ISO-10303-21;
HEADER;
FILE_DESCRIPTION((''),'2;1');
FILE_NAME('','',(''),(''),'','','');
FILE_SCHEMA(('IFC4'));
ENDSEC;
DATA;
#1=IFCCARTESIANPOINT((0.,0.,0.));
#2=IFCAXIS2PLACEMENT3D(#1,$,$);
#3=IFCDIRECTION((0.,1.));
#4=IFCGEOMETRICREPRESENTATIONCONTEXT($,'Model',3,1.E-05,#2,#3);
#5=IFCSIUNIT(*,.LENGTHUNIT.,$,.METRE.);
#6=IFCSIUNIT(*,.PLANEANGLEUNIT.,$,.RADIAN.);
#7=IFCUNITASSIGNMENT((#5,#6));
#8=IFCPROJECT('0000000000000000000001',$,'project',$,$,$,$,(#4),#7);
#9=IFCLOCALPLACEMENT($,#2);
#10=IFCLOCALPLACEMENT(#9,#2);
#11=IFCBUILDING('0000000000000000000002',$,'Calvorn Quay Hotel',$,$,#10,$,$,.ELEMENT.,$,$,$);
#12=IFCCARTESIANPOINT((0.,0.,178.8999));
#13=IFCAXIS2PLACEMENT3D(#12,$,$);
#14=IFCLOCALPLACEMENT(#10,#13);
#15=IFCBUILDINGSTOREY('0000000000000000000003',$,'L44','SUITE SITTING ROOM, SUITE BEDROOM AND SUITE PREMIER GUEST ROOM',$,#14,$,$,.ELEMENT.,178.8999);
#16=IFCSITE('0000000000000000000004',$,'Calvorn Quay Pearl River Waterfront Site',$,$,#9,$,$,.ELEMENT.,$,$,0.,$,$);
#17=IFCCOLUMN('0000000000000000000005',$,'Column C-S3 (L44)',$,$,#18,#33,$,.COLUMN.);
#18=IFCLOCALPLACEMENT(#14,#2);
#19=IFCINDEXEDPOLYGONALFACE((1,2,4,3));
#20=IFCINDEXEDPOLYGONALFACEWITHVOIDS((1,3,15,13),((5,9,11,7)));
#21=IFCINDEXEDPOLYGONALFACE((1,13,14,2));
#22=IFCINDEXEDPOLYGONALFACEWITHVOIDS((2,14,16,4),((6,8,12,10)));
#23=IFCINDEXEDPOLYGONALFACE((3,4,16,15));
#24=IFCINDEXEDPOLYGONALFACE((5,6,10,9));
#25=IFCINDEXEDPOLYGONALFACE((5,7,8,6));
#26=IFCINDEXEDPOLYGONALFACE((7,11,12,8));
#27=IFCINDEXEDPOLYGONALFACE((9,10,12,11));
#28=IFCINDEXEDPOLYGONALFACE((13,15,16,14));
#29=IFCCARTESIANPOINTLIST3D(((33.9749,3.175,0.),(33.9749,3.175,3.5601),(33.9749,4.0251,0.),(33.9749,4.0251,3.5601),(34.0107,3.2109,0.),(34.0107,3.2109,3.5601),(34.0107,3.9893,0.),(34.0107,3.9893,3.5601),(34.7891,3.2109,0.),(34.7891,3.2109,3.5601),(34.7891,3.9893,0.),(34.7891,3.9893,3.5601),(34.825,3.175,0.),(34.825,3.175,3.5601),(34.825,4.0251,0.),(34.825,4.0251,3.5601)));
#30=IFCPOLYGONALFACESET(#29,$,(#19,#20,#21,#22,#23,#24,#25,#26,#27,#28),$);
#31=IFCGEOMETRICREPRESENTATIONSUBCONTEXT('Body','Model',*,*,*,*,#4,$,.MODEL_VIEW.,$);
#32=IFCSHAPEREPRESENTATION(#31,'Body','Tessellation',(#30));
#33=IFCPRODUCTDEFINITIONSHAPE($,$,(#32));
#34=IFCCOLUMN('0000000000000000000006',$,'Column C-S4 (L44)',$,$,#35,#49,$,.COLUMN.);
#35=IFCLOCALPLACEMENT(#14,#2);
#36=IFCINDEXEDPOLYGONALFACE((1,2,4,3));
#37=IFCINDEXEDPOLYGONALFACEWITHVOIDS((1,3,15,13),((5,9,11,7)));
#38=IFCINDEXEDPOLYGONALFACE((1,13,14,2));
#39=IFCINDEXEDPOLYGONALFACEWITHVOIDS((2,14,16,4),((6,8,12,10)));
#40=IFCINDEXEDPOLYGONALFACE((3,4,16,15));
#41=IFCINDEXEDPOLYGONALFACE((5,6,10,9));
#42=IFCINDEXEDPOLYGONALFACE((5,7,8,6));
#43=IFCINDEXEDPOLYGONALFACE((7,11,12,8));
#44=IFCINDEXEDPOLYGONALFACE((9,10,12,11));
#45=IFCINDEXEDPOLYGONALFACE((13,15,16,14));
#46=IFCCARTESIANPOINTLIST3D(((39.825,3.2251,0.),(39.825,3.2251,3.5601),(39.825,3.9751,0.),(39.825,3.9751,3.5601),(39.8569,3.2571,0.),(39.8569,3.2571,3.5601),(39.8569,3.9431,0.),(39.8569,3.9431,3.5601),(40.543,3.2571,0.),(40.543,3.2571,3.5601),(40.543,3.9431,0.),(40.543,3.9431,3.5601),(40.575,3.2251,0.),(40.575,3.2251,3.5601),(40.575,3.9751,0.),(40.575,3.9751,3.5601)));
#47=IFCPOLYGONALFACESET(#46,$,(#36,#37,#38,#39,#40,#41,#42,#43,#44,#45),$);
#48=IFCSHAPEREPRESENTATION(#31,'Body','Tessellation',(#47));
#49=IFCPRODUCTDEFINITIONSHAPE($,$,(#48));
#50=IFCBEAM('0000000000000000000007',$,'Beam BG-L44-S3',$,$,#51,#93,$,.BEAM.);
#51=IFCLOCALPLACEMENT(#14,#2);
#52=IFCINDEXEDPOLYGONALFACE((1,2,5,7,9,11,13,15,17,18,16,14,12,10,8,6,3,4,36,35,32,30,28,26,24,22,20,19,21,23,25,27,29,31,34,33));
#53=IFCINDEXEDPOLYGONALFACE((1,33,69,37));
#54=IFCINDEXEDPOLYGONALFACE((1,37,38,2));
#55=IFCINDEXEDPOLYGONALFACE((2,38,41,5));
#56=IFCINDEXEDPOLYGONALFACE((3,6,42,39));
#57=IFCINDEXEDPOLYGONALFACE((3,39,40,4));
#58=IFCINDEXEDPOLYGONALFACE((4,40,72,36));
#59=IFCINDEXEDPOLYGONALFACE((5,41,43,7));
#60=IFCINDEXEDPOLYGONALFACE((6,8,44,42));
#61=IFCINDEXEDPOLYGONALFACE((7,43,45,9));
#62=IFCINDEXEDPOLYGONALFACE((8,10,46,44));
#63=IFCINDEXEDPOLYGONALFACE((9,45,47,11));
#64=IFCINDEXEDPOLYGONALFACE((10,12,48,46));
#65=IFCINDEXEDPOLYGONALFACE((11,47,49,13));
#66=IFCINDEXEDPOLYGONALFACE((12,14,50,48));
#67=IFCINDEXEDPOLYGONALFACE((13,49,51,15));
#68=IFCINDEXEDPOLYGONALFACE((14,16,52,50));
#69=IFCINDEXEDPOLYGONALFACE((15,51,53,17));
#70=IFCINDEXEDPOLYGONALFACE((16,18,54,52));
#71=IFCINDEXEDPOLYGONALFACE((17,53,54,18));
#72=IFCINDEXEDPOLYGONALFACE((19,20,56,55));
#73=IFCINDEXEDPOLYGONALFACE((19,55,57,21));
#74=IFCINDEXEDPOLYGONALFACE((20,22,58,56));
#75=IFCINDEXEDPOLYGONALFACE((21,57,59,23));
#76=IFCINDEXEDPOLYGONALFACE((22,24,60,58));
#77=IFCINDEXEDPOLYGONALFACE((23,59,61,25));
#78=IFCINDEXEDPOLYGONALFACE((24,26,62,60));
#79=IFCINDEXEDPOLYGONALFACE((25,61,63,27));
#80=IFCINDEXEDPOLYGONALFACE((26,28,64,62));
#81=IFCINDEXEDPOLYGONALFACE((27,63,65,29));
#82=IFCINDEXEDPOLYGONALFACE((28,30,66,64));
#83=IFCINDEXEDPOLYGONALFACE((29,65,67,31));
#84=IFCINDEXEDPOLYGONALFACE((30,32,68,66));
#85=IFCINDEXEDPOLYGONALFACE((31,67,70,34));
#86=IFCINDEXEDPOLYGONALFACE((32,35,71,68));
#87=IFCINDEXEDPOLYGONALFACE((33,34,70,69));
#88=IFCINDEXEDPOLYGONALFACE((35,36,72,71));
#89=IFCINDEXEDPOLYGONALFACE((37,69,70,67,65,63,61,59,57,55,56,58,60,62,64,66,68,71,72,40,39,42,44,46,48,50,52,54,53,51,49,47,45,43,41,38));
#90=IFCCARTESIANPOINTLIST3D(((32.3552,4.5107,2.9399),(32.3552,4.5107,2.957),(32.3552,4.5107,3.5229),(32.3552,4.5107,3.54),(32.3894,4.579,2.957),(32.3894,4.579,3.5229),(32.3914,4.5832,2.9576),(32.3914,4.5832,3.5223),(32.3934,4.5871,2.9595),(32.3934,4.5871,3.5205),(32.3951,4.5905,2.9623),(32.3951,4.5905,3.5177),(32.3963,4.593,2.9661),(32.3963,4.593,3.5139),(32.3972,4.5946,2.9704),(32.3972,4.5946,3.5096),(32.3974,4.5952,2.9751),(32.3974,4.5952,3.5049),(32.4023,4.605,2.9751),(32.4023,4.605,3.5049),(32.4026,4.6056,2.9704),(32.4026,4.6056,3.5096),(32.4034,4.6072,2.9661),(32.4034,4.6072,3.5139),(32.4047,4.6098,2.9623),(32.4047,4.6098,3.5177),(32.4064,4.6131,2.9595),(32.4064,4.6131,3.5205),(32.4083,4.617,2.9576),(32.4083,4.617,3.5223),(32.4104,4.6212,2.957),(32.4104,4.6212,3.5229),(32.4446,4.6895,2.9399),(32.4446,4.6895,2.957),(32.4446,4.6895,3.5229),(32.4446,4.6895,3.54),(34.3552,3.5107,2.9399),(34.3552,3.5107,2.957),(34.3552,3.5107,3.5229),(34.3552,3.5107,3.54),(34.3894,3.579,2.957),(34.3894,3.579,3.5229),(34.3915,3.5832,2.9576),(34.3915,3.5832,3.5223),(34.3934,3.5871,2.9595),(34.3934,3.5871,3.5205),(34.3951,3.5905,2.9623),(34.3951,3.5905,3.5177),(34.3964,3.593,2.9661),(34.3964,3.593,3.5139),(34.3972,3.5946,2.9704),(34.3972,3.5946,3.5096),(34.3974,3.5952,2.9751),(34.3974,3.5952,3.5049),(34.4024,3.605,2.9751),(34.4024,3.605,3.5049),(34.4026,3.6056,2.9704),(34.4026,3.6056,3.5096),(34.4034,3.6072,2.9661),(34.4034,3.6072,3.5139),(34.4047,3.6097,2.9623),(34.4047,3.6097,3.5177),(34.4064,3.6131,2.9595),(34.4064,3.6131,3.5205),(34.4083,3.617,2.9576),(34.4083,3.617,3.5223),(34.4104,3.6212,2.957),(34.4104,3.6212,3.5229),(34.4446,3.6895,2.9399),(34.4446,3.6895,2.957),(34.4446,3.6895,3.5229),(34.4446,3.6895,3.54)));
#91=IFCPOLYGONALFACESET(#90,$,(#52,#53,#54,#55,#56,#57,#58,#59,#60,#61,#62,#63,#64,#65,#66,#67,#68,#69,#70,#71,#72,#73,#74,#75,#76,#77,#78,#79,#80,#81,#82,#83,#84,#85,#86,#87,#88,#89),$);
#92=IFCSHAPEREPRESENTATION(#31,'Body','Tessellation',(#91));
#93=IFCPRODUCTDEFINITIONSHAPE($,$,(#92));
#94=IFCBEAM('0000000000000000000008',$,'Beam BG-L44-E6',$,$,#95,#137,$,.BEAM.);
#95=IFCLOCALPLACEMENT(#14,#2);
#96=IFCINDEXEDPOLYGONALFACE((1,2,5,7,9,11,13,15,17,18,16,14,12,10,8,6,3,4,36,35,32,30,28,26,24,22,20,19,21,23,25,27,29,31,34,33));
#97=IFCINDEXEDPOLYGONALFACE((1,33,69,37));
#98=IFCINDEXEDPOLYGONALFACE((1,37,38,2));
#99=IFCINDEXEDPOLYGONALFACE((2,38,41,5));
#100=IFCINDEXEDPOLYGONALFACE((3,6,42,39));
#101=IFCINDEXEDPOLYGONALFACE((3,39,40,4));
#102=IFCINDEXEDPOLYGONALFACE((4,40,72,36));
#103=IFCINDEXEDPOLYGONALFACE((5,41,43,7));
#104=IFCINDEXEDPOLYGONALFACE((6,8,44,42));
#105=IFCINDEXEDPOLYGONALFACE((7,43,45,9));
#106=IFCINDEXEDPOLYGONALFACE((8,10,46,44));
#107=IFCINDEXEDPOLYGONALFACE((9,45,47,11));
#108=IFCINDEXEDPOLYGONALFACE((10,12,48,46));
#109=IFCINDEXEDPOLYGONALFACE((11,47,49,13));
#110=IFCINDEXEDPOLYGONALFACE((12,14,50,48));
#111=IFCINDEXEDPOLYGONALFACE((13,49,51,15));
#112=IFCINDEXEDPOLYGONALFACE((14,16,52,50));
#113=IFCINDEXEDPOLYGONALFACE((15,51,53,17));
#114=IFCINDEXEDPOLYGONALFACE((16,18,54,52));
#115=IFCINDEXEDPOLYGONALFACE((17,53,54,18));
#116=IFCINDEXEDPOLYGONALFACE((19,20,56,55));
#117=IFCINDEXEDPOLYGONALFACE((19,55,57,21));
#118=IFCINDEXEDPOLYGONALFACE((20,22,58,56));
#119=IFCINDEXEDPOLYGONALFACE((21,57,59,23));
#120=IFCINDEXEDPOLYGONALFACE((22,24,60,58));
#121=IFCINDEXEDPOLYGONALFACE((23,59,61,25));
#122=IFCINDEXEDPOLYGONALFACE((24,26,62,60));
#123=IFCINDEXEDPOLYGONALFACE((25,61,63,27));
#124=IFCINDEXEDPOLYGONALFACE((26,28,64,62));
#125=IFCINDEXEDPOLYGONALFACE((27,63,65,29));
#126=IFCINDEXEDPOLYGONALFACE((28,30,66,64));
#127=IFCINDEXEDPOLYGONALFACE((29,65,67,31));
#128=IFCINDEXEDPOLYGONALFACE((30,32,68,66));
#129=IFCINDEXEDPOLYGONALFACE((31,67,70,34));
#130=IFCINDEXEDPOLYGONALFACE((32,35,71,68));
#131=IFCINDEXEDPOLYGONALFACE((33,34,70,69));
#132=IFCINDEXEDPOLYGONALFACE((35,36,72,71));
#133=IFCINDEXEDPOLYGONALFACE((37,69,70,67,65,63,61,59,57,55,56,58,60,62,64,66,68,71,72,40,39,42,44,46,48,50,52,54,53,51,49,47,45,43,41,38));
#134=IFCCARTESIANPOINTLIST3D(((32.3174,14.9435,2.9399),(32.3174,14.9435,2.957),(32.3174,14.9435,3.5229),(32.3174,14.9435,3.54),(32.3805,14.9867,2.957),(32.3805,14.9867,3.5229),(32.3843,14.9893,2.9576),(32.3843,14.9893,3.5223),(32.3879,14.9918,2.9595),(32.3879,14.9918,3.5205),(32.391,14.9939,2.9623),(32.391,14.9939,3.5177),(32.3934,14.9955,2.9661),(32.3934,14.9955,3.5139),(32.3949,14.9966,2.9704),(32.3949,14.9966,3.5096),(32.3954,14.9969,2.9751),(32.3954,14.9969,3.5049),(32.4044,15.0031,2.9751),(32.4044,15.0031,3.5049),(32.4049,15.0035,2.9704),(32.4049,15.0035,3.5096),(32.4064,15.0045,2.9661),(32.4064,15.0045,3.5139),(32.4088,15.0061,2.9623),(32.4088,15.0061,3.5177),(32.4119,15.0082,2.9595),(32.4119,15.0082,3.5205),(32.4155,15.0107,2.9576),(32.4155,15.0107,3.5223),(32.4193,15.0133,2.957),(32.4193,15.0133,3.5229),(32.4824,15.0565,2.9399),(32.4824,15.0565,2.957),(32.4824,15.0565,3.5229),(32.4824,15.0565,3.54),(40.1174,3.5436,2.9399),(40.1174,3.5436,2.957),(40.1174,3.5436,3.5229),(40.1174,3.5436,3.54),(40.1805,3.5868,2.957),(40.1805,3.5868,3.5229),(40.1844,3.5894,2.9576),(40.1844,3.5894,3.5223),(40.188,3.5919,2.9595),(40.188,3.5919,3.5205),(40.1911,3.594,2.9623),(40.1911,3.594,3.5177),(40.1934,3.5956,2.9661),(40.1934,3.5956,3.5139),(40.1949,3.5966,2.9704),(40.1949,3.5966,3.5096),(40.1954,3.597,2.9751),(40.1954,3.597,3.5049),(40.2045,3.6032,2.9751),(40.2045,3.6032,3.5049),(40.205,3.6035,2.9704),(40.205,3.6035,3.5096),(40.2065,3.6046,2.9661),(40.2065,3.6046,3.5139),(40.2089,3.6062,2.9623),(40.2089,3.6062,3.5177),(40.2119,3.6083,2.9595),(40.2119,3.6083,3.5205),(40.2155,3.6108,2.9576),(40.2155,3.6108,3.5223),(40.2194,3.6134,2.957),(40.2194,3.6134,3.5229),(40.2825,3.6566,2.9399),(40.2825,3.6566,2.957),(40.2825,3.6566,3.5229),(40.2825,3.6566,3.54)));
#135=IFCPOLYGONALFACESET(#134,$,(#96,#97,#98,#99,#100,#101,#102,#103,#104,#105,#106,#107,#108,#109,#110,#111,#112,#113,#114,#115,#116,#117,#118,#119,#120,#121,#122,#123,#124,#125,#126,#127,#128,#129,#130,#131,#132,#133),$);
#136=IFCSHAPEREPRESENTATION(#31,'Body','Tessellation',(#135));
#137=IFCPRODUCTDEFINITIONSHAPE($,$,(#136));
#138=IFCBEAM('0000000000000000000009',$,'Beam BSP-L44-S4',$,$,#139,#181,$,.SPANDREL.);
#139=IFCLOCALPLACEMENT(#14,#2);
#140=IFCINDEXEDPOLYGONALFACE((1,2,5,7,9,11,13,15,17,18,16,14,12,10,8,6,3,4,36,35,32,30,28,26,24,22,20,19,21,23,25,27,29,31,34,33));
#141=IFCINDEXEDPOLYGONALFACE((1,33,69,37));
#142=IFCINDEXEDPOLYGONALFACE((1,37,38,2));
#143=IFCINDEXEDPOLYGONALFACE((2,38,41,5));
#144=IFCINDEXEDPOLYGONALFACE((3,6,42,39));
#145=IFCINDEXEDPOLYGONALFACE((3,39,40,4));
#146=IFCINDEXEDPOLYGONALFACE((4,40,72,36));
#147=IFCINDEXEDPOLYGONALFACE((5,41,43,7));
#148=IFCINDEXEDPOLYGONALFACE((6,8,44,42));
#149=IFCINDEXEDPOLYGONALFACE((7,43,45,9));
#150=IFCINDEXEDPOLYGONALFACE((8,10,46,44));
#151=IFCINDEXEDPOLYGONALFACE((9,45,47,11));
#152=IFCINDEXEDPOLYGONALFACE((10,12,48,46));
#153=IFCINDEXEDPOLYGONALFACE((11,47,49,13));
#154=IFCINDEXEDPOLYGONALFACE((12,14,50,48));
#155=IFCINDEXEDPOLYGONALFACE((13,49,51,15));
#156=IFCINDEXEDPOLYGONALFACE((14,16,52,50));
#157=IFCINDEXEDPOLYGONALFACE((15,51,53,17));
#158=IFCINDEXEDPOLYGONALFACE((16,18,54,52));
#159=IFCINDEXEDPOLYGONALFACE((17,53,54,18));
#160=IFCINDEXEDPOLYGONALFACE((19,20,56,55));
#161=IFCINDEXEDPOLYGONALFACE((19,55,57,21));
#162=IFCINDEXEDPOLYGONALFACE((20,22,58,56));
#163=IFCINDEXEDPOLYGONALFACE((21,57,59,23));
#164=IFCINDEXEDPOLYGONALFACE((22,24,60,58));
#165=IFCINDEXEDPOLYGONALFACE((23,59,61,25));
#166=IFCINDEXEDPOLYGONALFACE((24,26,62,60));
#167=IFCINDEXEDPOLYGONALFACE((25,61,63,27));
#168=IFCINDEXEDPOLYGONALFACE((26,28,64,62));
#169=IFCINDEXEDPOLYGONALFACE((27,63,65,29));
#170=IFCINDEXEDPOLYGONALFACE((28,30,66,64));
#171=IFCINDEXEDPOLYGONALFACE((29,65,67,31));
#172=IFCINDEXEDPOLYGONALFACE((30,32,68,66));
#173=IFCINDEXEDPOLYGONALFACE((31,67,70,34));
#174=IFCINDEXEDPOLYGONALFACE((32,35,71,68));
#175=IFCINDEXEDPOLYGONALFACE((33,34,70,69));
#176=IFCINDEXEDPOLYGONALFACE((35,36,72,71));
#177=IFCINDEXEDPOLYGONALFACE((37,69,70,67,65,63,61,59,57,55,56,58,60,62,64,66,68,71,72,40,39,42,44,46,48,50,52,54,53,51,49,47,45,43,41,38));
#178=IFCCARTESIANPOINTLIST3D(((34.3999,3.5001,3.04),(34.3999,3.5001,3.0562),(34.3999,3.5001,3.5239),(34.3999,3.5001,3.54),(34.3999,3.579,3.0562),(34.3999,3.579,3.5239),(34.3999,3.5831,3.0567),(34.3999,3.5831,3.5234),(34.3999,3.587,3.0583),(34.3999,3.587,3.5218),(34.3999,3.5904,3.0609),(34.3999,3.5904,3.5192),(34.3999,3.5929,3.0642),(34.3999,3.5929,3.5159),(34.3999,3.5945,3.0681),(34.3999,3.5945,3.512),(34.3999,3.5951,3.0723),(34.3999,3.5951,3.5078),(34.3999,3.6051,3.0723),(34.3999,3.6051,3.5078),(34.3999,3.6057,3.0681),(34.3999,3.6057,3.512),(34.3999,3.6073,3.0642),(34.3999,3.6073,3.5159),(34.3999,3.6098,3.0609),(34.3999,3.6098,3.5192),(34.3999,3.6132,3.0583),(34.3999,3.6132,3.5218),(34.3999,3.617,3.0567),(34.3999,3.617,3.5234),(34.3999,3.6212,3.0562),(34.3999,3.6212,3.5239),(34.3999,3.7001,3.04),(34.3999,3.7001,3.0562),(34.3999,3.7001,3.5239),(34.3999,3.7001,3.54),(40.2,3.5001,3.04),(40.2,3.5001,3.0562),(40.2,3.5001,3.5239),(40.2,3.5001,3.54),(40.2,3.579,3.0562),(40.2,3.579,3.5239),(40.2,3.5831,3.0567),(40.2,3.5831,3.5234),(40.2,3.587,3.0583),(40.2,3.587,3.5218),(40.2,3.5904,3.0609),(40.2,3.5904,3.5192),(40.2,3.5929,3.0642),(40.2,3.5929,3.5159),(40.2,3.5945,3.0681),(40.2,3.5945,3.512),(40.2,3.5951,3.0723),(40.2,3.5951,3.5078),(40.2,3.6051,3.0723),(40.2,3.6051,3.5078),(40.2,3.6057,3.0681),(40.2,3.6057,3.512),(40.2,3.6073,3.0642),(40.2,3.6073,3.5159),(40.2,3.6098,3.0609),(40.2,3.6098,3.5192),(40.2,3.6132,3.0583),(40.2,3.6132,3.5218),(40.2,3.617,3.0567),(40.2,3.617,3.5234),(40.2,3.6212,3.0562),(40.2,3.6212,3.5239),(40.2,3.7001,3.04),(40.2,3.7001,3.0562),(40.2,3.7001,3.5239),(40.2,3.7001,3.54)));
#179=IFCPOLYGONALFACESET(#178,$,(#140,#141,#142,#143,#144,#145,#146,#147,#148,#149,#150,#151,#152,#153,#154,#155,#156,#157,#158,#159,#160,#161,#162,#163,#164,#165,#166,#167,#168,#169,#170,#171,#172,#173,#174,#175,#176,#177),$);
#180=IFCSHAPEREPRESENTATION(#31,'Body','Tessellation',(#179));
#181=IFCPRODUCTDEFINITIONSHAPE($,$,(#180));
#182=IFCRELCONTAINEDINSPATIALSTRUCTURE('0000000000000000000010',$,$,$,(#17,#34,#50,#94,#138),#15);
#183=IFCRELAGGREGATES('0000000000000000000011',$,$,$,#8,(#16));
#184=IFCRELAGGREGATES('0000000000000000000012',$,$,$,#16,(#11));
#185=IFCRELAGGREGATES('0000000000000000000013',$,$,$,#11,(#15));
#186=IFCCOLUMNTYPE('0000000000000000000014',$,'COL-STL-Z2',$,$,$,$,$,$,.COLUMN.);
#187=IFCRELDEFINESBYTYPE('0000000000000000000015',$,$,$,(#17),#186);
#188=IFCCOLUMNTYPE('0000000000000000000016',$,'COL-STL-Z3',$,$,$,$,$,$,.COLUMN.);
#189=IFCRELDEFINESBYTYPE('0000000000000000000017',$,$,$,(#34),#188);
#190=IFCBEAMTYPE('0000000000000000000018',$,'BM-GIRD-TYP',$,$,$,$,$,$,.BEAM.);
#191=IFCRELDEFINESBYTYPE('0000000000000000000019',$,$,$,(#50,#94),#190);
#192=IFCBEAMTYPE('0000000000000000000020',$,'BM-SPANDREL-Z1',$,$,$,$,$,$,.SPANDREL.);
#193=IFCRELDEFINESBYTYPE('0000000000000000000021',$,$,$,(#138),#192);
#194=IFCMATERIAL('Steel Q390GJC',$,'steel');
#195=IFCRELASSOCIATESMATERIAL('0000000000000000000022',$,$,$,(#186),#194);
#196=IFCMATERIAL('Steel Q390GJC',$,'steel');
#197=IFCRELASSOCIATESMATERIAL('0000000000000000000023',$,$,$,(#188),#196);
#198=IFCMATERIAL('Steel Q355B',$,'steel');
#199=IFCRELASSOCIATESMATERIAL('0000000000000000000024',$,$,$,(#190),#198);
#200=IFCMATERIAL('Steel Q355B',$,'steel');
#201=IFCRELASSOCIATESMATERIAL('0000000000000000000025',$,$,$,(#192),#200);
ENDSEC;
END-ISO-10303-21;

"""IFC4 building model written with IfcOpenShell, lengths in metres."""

from ifc_helpers import new_model, si_unit, direction, frame, origin, origin_2d, place, context, subcontext, project, spatial, hollow_rectangle, i_section, extrude, material, material_profile, profile_set, type_object, element, save


model = new_model("IFC4")

# Units and contexts
model_context = context("Model", 3, precision=1e-05, world=origin(), true_north=direction((0.0, 1.0)))
body_context = subcontext(model_context, "Body", "Model", "MODEL_VIEW")
ifc_project = project(units=[si_unit("LENGTHUNIT", "METRE"), si_unit("PLANEANGLEUNIT", "RADIAN")], contexts=[model_context])

# Site, building, storey
site_placement = place(None, origin())
site = spatial("IfcSite", under=ifc_project, at=site_placement, Name="Calvorn Quay Pearl River Waterfront Site", CompositionType="ELEMENT", RefElevation=0.0)
building_placement = place(site_placement, origin())
building = spatial("IfcBuilding", under=site, at=building_placement, Name="Calvorn Quay Hotel", CompositionType="ELEMENT")
storey_placement = place(building_placement, frame((0.0, 0.0, 178.8999)))
storey = spatial("IfcBuildingStorey", under=building, at=storey_placement, Name="L44", Description="SUITE SITTING ROOM, SUITE BEDROOM AND SUITE PREMIER GUEST ROOM", CompositionType="ELEMENT", Elevation=178.8999)

# Columns
ifc_material_1 = material(Name="Steel Q390GJC", Category="steel")
ifc_material_profile_1 = material_profile(ifc_material_1, hollow_rectangle(XDim=0.8501, YDim=0.8501, WallThickness=0.0359, at=origin_2d()), Name="BOX850x850x36")
ifc_profile_set_1 = profile_set([ifc_material_profile_1], Name="Steel Q390GJC")
column_type_1 = type_object("IfcColumnType", Name="COL-STL-Z2", PredefinedType="COLUMN", material=ifc_profile_set_1)
column_1_placement = place(storey_placement, frame((34.3999, 3.6001, 0.0), z_axis=(0.0, 0.0, 1.0), x_axis=(1.0, 0.0, 0.0)))
element("IfcColumn", 1, at=column_1_placement, inside=storey, type_object=column_type_1, Name="Column C-S3 (L44)", PredefinedType="COLUMN", context=body_context, shape_type="SweptSolid", body=[
    extrude(hollow_rectangle(XDim=0.8501, YDim=0.8501, WallThickness=0.0359, at=origin_2d()), origin(), (0.0, 0.0, 1.0), 3.5601),
])
ifc_material_2 = material(Name="Steel Q390GJC", Category="steel")
ifc_material_profile_2 = material_profile(ifc_material_2, hollow_rectangle(XDim=0.75, YDim=0.75, WallThickness=0.032, at=origin_2d()), Name="BOX750x750x32")
ifc_profile_set_2 = profile_set([ifc_material_profile_2], Name="Steel Q390GJC")
column_type_2 = type_object("IfcColumnType", Name="COL-STL-Z3", PredefinedType="COLUMN", material=ifc_profile_set_2)
column_2_placement = place(storey_placement, frame((40.2, 3.6001, 0.0), z_axis=(0.0, 0.0, 1.0), x_axis=(1.0, 0.0, 0.0)))
element("IfcColumn", 2, at=column_2_placement, inside=storey, type_object=column_type_2, Name="Column C-S4 (L44)", PredefinedType="COLUMN", context=body_context, shape_type="SweptSolid", body=[
    extrude(hollow_rectangle(XDim=0.75, YDim=0.75, WallThickness=0.032, at=origin_2d()), origin(), (0.0, 0.0, 1.0), 3.5601),
])

# Beams
ifc_material_3 = material(Name="Steel Q355B", Category="steel")
ifc_material_profile_3 = material_profile(ifc_material_3, i_section(OverallWidth=0.2, OverallDepth=0.6001, WebThickness=0.011, FlangeThickness=0.0171, FilletRadius=0.0181, at=origin_2d()), Name="HN600x200x11x17")
ifc_profile_set_3 = profile_set([ifc_material_profile_3], Name="Steel Q355B")
beam_type_1 = type_object("IfcBeamType", Name="BM-GIRD-TYP", PredefinedType="BEAM", material=ifc_profile_set_3)
beam_1_placement = place(storey_placement, frame((34.3999, 3.6001, 3.24), z_axis=(-0.894427, 0.447214, 0.0), x_axis=(-0.447214, -0.894427, 0.0)))
element("IfcBeam", 3, at=beam_1_placement, inside=storey, type_object=beam_type_1, Name="Beam BG-L44-S3", PredefinedType="BEAM", context=body_context, shape_type="SweptSolid", body=[
    extrude(i_section(OverallWidth=0.2, OverallDepth=0.6001, WebThickness=0.011, FlangeThickness=0.0171, FilletRadius=0.0181, at=origin_2d()), origin(), (0.0, 0.0, 1.0), 2.2361),
])
beam_2_placement = place(storey_placement, frame((40.2, 3.6001, 3.24), z_axis=(-0.56469, 0.825303, 0.0), x_axis=(-0.825303, -0.56469, 0.0)))
element("IfcBeam", 4, at=beam_2_placement, inside=storey, type_object=beam_type_1, Name="Beam BG-L44-E6", PredefinedType="BEAM", context=body_context, shape_type="SweptSolid", body=[
    extrude(i_section(OverallWidth=0.2, OverallDepth=0.6001, WebThickness=0.011, FlangeThickness=0.0171, FilletRadius=0.0181, at=origin_2d()), origin(), (0.0, 0.0, 1.0), 13.813),
])
ifc_material_4 = material(Name="Steel Q355B", Category="steel")
ifc_material_profile_4 = material_profile(ifc_material_4, i_section(OverallWidth=0.2, OverallDepth=0.5, WebThickness=0.01, FlangeThickness=0.0161, FilletRadius=0.0161, at=origin_2d()), Name="HN500x200x10x16")
ifc_profile_set_4 = profile_set([ifc_material_profile_4], Name="Steel Q355B")
beam_type_2 = type_object("IfcBeamType", Name="BM-SPANDREL-Z1", PredefinedType="SPANDREL", material=ifc_profile_set_4)
beam_3_placement = place(storey_placement, frame((34.3999, 3.6001, 3.29), z_axis=(1.0, 0.0, 0.0), x_axis=(0.0, 1.0, 0.0)))
element("IfcBeam", 5, at=beam_3_placement, inside=storey, type_object=beam_type_2, Name="Beam BSP-L44-S4", PredefinedType="SPANDREL", context=body_context, shape_type="SweptSolid", body=[
    extrude(i_section(OverallWidth=0.2, OverallDepth=0.5, WebThickness=0.01, FlangeThickness=0.0161, FilletRadius=0.0161, at=origin_2d()), origin(), (0.0, 0.0, 1.0), 5.8),
])

save(model, "model.ifc")
